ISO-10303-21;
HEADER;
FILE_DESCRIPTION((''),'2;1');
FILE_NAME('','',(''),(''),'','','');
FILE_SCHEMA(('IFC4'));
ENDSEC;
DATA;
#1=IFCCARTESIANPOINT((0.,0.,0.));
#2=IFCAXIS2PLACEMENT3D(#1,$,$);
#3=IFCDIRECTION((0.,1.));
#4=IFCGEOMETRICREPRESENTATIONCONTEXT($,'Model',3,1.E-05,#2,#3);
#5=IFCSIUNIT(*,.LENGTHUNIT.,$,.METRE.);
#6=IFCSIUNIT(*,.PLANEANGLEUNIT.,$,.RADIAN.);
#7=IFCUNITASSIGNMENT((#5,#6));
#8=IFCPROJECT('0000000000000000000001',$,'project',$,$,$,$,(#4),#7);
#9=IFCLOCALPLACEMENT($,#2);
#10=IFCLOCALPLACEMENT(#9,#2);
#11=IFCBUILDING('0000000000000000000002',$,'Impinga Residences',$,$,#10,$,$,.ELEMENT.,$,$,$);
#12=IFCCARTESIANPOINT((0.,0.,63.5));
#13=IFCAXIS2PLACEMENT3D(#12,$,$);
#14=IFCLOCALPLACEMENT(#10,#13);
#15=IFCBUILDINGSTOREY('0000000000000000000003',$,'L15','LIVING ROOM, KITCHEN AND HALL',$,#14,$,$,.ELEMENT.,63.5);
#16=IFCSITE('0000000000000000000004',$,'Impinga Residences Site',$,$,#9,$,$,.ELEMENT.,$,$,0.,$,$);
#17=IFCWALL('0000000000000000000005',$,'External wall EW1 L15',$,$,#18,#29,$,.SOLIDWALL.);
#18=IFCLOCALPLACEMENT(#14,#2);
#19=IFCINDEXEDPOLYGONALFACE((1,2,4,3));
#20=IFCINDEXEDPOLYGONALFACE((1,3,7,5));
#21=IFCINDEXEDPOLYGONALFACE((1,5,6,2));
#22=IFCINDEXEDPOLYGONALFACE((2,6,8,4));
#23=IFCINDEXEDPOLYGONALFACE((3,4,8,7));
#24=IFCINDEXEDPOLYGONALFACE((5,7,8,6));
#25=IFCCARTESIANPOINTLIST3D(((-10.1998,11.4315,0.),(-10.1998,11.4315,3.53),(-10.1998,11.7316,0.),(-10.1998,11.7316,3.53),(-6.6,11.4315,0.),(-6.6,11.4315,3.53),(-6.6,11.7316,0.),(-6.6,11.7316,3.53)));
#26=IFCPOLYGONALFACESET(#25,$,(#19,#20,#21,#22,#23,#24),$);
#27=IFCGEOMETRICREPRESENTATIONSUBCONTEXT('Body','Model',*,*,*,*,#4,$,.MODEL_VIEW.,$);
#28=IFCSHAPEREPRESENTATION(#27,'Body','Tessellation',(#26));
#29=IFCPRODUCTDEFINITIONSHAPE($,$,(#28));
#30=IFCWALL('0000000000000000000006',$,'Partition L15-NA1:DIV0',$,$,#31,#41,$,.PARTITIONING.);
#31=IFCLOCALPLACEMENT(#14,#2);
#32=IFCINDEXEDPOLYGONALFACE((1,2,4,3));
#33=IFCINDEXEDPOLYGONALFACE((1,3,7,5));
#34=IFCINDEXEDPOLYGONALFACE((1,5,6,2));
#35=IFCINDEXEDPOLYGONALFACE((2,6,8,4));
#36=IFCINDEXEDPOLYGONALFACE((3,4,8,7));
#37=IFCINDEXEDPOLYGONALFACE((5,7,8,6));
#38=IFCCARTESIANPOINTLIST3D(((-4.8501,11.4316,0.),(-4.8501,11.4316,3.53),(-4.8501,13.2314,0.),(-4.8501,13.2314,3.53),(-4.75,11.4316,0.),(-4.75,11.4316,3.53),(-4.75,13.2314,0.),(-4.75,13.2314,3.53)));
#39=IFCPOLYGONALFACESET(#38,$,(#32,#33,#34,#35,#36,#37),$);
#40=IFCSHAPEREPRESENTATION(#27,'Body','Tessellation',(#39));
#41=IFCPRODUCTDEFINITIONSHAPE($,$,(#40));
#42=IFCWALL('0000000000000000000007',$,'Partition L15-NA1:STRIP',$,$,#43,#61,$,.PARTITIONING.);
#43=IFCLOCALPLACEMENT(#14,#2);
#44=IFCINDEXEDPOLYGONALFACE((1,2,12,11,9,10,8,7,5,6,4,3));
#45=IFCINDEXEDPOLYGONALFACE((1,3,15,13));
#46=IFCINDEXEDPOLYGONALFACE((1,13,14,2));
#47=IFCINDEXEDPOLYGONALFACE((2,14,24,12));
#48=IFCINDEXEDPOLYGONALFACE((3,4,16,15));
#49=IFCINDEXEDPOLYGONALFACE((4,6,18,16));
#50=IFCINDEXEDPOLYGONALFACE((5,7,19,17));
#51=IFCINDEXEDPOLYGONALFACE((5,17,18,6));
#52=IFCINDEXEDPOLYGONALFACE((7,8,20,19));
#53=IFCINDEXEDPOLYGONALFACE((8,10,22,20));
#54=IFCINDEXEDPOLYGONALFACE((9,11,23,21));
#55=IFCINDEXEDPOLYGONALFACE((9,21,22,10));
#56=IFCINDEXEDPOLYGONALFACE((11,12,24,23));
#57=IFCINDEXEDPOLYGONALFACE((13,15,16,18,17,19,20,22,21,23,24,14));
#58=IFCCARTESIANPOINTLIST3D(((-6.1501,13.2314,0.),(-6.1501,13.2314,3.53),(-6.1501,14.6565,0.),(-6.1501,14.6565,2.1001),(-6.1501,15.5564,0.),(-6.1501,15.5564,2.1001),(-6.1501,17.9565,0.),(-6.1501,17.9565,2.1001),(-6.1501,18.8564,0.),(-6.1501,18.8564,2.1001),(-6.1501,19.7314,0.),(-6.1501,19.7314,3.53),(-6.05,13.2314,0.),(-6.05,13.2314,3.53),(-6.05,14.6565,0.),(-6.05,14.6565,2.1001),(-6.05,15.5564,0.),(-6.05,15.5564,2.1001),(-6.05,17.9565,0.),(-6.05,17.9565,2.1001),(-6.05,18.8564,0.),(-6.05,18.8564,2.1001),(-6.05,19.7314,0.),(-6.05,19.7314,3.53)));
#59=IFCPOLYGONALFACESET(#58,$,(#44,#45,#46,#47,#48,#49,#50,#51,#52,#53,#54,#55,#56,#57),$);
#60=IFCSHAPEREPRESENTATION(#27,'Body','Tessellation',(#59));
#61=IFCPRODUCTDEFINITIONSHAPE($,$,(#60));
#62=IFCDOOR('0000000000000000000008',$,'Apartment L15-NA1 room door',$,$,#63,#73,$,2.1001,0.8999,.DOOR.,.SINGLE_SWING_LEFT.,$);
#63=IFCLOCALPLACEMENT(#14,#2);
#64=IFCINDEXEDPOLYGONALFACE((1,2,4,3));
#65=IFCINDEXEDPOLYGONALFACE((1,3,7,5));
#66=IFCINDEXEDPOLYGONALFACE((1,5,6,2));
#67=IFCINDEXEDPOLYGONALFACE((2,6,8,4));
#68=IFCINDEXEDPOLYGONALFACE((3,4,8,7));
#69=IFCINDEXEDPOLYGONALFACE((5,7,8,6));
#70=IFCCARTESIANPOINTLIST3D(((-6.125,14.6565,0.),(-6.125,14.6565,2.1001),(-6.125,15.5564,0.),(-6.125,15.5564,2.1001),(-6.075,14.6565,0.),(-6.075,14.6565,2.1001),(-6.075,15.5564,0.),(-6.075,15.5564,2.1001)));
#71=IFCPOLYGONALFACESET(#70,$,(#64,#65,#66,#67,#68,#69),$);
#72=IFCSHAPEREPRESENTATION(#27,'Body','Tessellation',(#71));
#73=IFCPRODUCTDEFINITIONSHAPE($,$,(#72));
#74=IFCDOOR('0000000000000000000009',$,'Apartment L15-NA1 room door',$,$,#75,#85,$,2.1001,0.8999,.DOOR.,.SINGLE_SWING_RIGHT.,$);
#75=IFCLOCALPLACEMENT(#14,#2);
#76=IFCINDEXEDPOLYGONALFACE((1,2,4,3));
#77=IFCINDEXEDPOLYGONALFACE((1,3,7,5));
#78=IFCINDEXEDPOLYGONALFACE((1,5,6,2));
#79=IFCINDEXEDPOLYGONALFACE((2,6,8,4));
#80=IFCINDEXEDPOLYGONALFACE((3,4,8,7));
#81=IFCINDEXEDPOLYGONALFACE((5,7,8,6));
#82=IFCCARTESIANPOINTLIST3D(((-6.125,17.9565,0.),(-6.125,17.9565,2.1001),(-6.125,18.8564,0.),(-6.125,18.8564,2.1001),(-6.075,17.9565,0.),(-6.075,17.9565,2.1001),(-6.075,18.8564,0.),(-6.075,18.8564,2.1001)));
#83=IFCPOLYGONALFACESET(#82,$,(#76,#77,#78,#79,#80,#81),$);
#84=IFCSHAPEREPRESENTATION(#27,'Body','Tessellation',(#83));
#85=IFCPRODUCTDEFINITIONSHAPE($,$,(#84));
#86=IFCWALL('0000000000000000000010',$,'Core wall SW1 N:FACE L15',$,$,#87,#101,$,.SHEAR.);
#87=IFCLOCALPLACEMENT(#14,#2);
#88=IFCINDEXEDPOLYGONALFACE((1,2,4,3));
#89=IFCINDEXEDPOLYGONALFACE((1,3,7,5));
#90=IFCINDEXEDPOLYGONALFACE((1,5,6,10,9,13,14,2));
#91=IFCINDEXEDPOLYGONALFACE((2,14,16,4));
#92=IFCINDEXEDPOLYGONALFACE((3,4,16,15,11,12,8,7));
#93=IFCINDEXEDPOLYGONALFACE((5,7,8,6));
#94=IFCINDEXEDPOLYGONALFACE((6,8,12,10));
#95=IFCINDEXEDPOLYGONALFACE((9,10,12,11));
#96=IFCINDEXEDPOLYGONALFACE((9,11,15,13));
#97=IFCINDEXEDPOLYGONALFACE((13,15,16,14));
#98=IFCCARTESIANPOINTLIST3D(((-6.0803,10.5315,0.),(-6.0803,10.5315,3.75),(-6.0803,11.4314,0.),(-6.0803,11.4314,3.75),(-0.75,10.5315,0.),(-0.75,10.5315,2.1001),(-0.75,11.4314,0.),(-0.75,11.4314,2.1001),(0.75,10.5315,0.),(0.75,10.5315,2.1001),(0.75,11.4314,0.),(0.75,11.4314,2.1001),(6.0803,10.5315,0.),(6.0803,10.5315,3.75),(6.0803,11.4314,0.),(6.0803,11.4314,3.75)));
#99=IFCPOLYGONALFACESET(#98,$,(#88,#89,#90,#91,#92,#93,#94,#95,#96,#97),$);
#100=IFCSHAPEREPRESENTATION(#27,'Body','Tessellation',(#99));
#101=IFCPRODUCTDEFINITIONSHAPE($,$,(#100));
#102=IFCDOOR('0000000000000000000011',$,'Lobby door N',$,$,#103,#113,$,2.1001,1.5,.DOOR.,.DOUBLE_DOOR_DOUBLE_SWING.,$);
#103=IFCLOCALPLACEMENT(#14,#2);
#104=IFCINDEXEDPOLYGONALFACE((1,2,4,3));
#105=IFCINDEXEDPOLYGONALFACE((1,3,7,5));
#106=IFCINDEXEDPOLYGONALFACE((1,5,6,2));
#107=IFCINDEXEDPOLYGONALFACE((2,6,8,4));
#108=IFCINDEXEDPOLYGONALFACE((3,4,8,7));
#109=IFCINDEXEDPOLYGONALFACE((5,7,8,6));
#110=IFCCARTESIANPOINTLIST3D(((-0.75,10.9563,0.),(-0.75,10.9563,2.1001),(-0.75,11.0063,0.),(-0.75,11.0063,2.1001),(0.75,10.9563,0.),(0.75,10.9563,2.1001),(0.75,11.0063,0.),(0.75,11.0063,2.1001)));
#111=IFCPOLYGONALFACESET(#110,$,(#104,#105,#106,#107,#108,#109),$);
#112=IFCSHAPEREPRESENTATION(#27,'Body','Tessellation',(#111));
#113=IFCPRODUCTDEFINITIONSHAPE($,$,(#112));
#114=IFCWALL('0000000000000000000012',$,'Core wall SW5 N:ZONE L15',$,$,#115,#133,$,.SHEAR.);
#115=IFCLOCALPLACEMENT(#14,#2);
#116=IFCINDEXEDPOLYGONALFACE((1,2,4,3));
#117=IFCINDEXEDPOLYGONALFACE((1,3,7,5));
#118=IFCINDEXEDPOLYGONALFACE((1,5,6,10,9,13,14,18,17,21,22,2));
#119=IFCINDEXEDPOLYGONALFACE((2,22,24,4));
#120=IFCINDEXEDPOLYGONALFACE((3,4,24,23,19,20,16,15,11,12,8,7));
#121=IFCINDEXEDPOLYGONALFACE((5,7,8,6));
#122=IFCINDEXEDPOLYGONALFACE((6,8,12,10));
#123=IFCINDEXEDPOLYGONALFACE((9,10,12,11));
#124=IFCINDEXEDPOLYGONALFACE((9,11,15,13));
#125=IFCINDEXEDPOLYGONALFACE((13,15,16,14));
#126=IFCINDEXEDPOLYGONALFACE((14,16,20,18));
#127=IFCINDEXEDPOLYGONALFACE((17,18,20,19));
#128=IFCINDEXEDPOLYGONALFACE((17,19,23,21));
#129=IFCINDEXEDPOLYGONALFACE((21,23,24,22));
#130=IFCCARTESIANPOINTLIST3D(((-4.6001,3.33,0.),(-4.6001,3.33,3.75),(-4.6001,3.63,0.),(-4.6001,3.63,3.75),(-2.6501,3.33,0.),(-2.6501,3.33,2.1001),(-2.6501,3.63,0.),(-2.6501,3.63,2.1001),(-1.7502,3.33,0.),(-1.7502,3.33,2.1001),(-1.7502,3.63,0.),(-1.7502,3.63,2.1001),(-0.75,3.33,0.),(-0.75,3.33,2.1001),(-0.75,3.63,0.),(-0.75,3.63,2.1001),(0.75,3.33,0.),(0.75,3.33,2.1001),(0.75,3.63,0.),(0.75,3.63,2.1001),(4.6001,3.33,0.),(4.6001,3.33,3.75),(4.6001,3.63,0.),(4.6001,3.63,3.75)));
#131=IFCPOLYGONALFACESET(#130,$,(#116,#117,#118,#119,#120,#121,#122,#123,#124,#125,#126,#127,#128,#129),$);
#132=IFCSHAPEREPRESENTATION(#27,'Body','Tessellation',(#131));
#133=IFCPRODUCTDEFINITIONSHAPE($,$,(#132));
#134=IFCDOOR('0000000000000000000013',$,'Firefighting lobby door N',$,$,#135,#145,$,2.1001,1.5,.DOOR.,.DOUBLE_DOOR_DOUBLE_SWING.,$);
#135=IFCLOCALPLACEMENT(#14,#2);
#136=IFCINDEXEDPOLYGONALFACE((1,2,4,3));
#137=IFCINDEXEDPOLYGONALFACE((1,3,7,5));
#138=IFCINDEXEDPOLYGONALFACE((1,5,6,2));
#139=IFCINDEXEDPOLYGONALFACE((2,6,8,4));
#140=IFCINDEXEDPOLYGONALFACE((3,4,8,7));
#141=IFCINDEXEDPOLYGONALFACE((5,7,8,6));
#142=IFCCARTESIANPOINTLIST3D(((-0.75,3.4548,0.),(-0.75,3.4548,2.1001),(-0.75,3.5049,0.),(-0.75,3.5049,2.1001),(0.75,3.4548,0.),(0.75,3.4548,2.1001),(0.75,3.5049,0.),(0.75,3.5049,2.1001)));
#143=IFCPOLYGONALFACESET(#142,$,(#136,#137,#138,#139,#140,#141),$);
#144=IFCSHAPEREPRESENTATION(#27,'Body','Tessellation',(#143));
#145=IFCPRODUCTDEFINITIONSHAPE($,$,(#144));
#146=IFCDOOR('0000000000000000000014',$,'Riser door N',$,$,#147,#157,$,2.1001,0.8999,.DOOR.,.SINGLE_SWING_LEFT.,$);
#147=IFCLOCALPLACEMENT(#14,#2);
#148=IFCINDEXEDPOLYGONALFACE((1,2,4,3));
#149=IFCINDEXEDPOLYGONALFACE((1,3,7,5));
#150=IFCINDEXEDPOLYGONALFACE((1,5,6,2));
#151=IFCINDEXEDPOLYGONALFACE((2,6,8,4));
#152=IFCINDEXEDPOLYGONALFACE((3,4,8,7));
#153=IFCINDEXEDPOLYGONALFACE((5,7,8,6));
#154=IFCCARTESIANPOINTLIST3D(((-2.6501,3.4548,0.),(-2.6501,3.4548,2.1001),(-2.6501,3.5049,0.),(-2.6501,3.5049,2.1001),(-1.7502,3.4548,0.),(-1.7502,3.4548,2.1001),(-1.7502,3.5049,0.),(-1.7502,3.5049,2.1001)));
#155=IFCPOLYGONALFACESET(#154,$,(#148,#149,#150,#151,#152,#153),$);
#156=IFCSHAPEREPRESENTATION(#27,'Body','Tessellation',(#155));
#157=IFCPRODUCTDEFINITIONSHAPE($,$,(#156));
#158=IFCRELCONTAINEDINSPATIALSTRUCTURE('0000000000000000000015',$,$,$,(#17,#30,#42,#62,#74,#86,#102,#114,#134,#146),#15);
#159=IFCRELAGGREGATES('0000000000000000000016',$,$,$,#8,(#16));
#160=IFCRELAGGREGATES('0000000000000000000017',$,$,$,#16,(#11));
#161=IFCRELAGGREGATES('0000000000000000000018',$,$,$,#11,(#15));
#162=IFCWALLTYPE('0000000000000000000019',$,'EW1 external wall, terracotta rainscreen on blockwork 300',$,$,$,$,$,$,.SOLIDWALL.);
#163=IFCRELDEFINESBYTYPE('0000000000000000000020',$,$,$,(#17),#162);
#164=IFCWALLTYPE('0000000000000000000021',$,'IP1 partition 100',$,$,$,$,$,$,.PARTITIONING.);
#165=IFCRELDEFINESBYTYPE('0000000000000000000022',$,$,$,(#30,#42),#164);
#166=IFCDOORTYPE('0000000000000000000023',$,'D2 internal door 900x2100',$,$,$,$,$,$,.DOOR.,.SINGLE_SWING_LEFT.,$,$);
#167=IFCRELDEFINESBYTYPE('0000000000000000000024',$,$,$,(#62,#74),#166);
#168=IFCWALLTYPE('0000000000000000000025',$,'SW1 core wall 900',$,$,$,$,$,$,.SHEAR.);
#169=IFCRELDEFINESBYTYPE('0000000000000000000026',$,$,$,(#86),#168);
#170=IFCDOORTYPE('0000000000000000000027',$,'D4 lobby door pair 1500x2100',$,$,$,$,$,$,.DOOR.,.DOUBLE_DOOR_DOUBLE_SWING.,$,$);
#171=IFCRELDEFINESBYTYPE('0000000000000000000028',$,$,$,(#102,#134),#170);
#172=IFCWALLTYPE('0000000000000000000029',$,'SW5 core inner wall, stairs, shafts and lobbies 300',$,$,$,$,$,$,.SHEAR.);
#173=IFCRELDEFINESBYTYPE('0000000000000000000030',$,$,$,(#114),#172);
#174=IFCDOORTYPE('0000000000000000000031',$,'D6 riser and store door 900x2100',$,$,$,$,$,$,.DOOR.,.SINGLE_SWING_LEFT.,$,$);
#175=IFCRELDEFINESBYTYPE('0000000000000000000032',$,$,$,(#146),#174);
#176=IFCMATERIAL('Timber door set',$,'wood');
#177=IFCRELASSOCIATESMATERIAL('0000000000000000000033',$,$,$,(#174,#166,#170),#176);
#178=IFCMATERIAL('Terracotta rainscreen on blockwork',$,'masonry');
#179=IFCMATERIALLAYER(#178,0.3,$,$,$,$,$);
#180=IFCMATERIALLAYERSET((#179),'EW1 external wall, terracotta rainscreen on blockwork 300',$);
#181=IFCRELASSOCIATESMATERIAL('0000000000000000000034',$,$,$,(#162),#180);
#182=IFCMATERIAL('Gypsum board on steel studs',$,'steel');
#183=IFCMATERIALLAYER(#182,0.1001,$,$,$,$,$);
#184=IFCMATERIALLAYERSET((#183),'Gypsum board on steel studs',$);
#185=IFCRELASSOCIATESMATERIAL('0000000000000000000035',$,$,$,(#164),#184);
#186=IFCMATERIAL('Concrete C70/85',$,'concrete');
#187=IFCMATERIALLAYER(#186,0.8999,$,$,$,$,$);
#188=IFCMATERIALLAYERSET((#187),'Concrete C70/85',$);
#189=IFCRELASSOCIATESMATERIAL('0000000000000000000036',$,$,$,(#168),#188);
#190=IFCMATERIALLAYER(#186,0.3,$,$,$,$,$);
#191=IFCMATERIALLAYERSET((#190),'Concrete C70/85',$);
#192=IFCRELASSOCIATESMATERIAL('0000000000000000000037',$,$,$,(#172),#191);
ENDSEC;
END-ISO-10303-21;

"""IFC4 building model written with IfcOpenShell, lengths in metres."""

from ifc_helpers import new_model, si_unit, direction, frame, frame_2d, origin, place, context, subcontext, project, spatial, rectangle, extrude, material, layer, layer_set, type_object, element, fill, save


model = new_model("IFC4")

# Units and contexts
model_context = context("Model", 3, precision=1e-05, world=origin(), true_north=direction((0.0, 1.0)))
body_context = subcontext(model_context, "Body", "Model", "MODEL_VIEW")
ifc_project = project(units=[si_unit("LENGTHUNIT", "METRE"), si_unit("PLANEANGLEUNIT", "RADIAN")], contexts=[model_context])

# Site, building, storey
site_placement = place(None, origin())
site = spatial("IfcSite", under=ifc_project, at=site_placement, Name="Impinga Residences Site", CompositionType="ELEMENT", RefElevation=0.0)
building_placement = place(site_placement, origin())
building = spatial("IfcBuilding", under=site, at=building_placement, Name="Impinga Residences", CompositionType="ELEMENT")
storey_placement = place(building_placement, frame((0.0, 0.0, 63.5)))
storey = spatial("IfcBuildingStorey", under=building, at=storey_placement, Name="L15", Description="LIVING ROOM, KITCHEN AND HALL", CompositionType="ELEMENT", Elevation=63.5)

# Shared definitions
ifc_material_1 = material(Name="Concrete C70/85", Category="concrete")
ifc_material_2 = material(Name="Timber door set", Category="wood")
door_type_1 = type_object("IfcDoorType", Name="D6 riser and store door 900x2100", OperationType="SINGLE_SWING_LEFT", PredefinedType="DOOR", material=ifc_material_2)

# Walls
ifc_material_3 = material(Name="Terracotta rainscreen on blockwork", Category="masonry")
ifc_layer_1 = layer(ifc_material_3, 0.3)
ifc_layer_set_1 = layer_set([ifc_layer_1], Name="EW1 external wall, terracotta rainscreen on blockwork 300")
wall_type_1 = type_object("IfcWallType", Name="EW1 external wall, terracotta rainscreen on blockwork 300", PredefinedType="SOLIDWALL", material=ifc_layer_set_1)
wall_1_placement = place(storey_placement, frame((-6.6001, 11.5815, 0.0), z_axis=(0.0, 0.0, 1.0), x_axis=(-1.0, 0.0, 0.0)))
element("IfcWall", 1, at=wall_1_placement, inside=storey, type_object=wall_type_1, Name="External wall EW1 L15", PredefinedType="SOLIDWALL", context=body_context, shape_type="SweptSolid", body=[
    extrude(rectangle(XDim=3.5999, YDim=0.3, at=frame_2d((1.7998, 0.0))), origin(), (0.0, 0.0, 1.0), 3.53),
])
ifc_material_4 = material(Name="Gypsum board on steel studs", Category="steel")
ifc_layer_2 = layer(ifc_material_4, 0.1001)
ifc_layer_set_2 = layer_set([ifc_layer_2], Name="Gypsum board on steel studs")
wall_type_2 = type_object("IfcWallType", Name="IP1 partition 100", PredefinedType="PARTITIONING", material=ifc_layer_set_2)
wall_2_placement = place(storey_placement, frame((-4.8, 11.4316, 0.0), z_axis=(0.0, 0.0, 1.0), x_axis=(0.0, 1.0, 0.0)))
element("IfcWall", 2, at=wall_2_placement, inside=storey, type_object=wall_type_2, Name="Partition L15-NA1:DIV0", PredefinedType="PARTITIONING", context=body_context, shape_type="SweptSolid", body=[
    extrude(rectangle(XDim=1.7998, YDim=0.1001, at=frame_2d((0.8999, 0.0))), origin(), (0.0, 0.0, 1.0), 3.53),
])

# Wall, openings, doors
wall_3_placement = place(storey_placement, frame((-6.1001, 13.2314, 0.0), z_axis=(0.0, 0.0, 1.0), x_axis=(0.0, 1.0, 0.0)))
wall_3 = element("IfcWall", 3, at=wall_3_placement, inside=storey, type_object=wall_type_2, Name="Partition L15-NA1:STRIP", PredefinedType="PARTITIONING", context=body_context, shape_type="SweptSolid", body=[
    extrude(rectangle(XDim=6.5, YDim=0.1001, at=frame_2d((3.25, 0.0))), origin(), (0.0, 0.0, 1.0), 3.53),
])
opening_1_placement = place(wall_3_placement, frame((1.425, 0.0, 0.0)))
opening_1 = element("IfcOpeningElement", 4, at=opening_1_placement, cuts=wall_3, PredefinedType="OPENING", context=body_context, shape_type="SweptSolid", body=[
    extrude(rectangle(XDim=0.8999, YDim=2.1001, at=frame_2d((0.45, 1.05))), frame((0.0, 0.0601, 0.0), z_axis=(0.0, -1.0, 0.0), x_axis=(1.0, 0.0, 0.0)), (0.0, 0.0, 1.0), 0.1201),
])
opening_2_placement = place(wall_3_placement, frame((4.7251, 0.0, 0.0)))
opening_2 = element("IfcOpeningElement", 5, at=opening_2_placement, cuts=wall_3, PredefinedType="OPENING", context=body_context, shape_type="SweptSolid", body=[
    extrude(rectangle(XDim=0.8999, YDim=2.1001, at=frame_2d((0.45, 1.05))), frame((0.0, 0.0601, 0.0), z_axis=(0.0, -1.0, 0.0), x_axis=(1.0, 0.0, 0.0)), (0.0, 0.0, 1.0), 0.1201),
])
door_type_2 = type_object("IfcDoorType", Name="D2 internal door 900x2100", OperationType="SINGLE_SWING_LEFT", PredefinedType="DOOR", material=ifc_material_2)
door_1_placement = place(opening_1_placement, origin())
door_1 = element("IfcDoor", 6, at=door_1_placement, inside=storey, type_object=door_type_2, Name="Apartment L15-NA1 room door", OperationType="SINGLE_SWING_LEFT", OverallHeight=2.1001, OverallWidth=0.8999, PredefinedType="DOOR", context=body_context, shape_type="SweptSolid", body=[
    extrude(rectangle(XDim=0.8999, YDim=2.1001, at=frame_2d((0.45, 1.05))), frame((0.0, 0.0249, 0.0), z_axis=(0.0, -1.0, 0.0), x_axis=(1.0, 0.0, 0.0)), (0.0, 0.0, 1.0), 0.05),
])
fill(opening_1, door_1)
door_2_placement = place(opening_2_placement, origin())
door_2 = element("IfcDoor", 7, at=door_2_placement, inside=storey, type_object=door_type_2, Name="Apartment L15-NA1 room door", OperationType="SINGLE_SWING_RIGHT", OverallHeight=2.1001, OverallWidth=0.8999, PredefinedType="DOOR", context=body_context, shape_type="SweptSolid", body=[
    extrude(rectangle(XDim=0.8999, YDim=2.1001, at=frame_2d((0.45, 1.05))), frame((0.0, 0.0249, 0.0), z_axis=(0.0, -1.0, 0.0), x_axis=(1.0, 0.0, 0.0)), (0.0, 0.0, 1.0), 0.05),
])
fill(opening_2, door_2)

# Wall, opening, door
ifc_layer_3 = layer(ifc_material_1, 0.8999)
ifc_layer_set_3 = layer_set([ifc_layer_3], Name="Concrete C70/85")
wall_type_3 = type_object("IfcWallType", Name="SW1 core wall 900", PredefinedType="SHEAR", material=ifc_layer_set_3)
wall_4_placement = place(storey_placement, frame((-6.0803, 10.9814, 0.0), z_axis=(0.0, 0.0, 1.0), x_axis=(1.0, 0.0, 0.0)))
wall_4 = element("IfcWall", 8, at=wall_4_placement, inside=storey, type_object=wall_type_3, Name="Core wall SW1 N:FACE L15", PredefinedType="SHEAR", context=body_context, shape_type="SweptSolid", body=[
    extrude(rectangle(XDim=12.1606, YDim=0.8999, at=frame_2d((6.0803, 0.0))), origin(), (0.0, 0.0, 1.0), 3.75),
])
opening_3_placement = place(wall_4_placement, frame((5.3303, 0.0, 0.0)))
opening_3 = element("IfcOpeningElement", 9, at=opening_3_placement, cuts=wall_4, PredefinedType="OPENING", context=body_context, shape_type="SweptSolid", body=[
    extrude(rectangle(XDim=1.5, YDim=2.1001, at=frame_2d((0.75, 1.05))), frame((0.0, 0.46, 0.0), z_axis=(0.0, -1.0, 0.0), x_axis=(1.0, 0.0, 0.0)), (0.0, 0.0, 1.0), 0.9199),
])
door_type_3 = type_object("IfcDoorType", Name="D4 lobby door pair 1500x2100", OperationType="DOUBLE_DOOR_DOUBLE_SWING", PredefinedType="DOOR", material=ifc_material_2)
door_3_placement = place(opening_3_placement, origin())
door_3 = element("IfcDoor", 10, at=door_3_placement, inside=storey, type_object=door_type_3, Name="Lobby door N", OperationType="DOUBLE_DOOR_DOUBLE_SWING", OverallHeight=2.1001, OverallWidth=1.5, PredefinedType="DOOR", context=body_context, shape_type="SweptSolid", body=[
    extrude(rectangle(XDim=1.5, YDim=2.1001, at=frame_2d((0.75, 1.05))), frame((0.0, 0.0249, 0.0), z_axis=(0.0, -1.0, 0.0), x_axis=(1.0, 0.0, 0.0)), (0.0, 0.0, 1.0), 0.05),
])
fill(opening_3, door_3)

# Wall, openings, doors
ifc_layer_4 = layer(ifc_material_1, 0.3)
ifc_layer_set_4 = layer_set([ifc_layer_4], Name="Concrete C70/85")
wall_type_4 = type_object("IfcWallType", Name="SW5 core inner wall, stairs, shafts and lobbies 300", PredefinedType="SHEAR", material=ifc_layer_set_4)
wall_5_placement = place(storey_placement, frame((-4.6001, 3.48, 0.0), z_axis=(0.0, 0.0, 1.0), x_axis=(1.0, 0.0, 0.0)))
wall_5 = element("IfcWall", 11, at=wall_5_placement, inside=storey, type_object=wall_type_4, Name="Core wall SW5 N:ZONE L15", PredefinedType="SHEAR", context=body_context, shape_type="SweptSolid", body=[
    extrude(rectangle(XDim=9.2002, YDim=0.3, at=frame_2d((4.6001, 0.0))), origin(), (0.0, 0.0, 1.0), 3.75),
])
opening_4_placement = place(wall_5_placement, frame((3.8501, 0.0, 0.0)))
opening_4 = element("IfcOpeningElement", 12, at=opening_4_placement, cuts=wall_5, PredefinedType="OPENING", context=body_context, shape_type="SweptSolid", body=[
    extrude(rectangle(XDim=1.5, YDim=2.1001, at=frame_2d((0.75, 1.05))), frame((0.0, 0.1599, 0.0), z_axis=(0.0, -1.0, 0.0), x_axis=(1.0, 0.0, 0.0)), (0.0, 0.0, 1.0), 0.3201),
])
opening_5_placement = place(wall_5_placement, frame((1.95, 0.0, 0.0)))
opening_5 = element("IfcOpeningElement", 13, at=opening_5_placement, cuts=wall_5, PredefinedType="OPENING", context=body_context, shape_type="SweptSolid", body=[
    extrude(rectangle(XDim=0.8999, YDim=2.1001, at=frame_2d((0.45, 1.05))), frame((0.0, 0.1599, 0.0), z_axis=(0.0, -1.0, 0.0), x_axis=(1.0, 0.0, 0.0)), (0.0, 0.0, 1.0), 0.3201),
])
door_4_placement = place(opening_4_placement, origin())
door_4 = element("IfcDoor", 14, at=door_4_placement, inside=storey, type_object=door_type_3, Name="Firefighting lobby door N", OperationType="DOUBLE_DOOR_DOUBLE_SWING", OverallHeight=2.1001, OverallWidth=1.5, PredefinedType="DOOR", context=body_context, shape_type="SweptSolid", body=[
    extrude(rectangle(XDim=1.5, YDim=2.1001, at=frame_2d((0.75, 1.05))), frame((0.0, 0.0249, 0.0), z_axis=(0.0, -1.0, 0.0), x_axis=(1.0, 0.0, 0.0)), (0.0, 0.0, 1.0), 0.05),
])
fill(opening_4, door_4)
door_5_placement = place(opening_5_placement, origin())
door_5 = element("IfcDoor", 15, at=door_5_placement, inside=storey, type_object=door_type_1, Name="Riser door N", OperationType="SINGLE_SWING_LEFT", OverallHeight=2.1001, OverallWidth=0.8999, PredefinedType="DOOR", context=body_context, shape_type="SweptSolid", body=[
    extrude(rectangle(XDim=0.8999, YDim=2.1001, at=frame_2d((0.45, 1.05))), frame((0.0, 0.0249, 0.0), z_axis=(0.0, -1.0, 0.0), x_axis=(1.0, 0.0, 0.0)), (0.0, 0.0, 1.0), 0.05),
])
fill(opening_5, door_5)

save(model, "model.ifc")
